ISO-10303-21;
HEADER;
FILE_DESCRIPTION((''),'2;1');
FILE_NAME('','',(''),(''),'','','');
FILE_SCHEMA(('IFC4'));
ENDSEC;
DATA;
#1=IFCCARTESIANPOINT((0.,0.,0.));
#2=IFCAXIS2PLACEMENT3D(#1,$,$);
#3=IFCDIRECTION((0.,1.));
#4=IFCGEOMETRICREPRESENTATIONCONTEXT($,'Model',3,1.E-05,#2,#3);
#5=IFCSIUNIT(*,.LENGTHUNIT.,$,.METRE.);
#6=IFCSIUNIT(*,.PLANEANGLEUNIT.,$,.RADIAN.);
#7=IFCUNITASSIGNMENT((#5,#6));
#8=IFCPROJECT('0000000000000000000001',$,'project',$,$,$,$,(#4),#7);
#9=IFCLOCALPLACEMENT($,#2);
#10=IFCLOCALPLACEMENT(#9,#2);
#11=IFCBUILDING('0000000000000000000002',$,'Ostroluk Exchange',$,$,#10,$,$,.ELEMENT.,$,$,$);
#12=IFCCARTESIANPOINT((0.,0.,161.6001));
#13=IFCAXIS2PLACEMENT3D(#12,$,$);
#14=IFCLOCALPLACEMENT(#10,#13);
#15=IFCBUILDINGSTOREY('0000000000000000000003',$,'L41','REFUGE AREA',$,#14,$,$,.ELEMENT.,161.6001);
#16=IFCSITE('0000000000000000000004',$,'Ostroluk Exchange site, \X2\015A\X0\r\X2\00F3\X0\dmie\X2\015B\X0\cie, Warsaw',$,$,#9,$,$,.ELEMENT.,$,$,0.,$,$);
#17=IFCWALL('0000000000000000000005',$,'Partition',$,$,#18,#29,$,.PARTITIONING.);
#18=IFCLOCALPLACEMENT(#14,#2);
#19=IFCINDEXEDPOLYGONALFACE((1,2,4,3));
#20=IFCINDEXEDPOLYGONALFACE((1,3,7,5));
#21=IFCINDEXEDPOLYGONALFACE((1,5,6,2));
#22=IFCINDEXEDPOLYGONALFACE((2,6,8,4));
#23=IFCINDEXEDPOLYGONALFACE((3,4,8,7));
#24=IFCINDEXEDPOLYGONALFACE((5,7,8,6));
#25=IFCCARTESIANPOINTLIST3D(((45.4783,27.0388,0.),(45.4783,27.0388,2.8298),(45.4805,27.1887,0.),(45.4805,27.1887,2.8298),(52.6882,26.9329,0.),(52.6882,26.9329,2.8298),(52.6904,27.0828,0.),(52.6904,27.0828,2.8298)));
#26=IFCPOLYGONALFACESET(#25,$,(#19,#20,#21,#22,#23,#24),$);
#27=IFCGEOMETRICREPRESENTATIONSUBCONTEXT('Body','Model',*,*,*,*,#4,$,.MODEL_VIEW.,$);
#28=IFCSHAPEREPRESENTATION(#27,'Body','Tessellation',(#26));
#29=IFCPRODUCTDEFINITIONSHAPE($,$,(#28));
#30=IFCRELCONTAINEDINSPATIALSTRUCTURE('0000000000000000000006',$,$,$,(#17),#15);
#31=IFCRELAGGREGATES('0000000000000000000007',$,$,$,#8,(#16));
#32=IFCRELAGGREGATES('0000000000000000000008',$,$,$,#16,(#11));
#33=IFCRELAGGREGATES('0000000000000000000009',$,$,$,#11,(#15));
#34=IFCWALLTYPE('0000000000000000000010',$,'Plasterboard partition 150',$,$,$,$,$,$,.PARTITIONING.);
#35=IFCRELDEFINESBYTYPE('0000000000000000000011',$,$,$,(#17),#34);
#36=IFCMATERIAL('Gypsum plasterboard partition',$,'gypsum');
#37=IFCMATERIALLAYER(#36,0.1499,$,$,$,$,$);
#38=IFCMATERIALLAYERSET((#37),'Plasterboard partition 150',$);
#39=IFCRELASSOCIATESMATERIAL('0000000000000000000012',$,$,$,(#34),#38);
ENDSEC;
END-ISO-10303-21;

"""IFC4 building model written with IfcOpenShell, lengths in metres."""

from ifc_helpers import new_model, si_unit, direction, frame, frame_2d, origin, place, context, subcontext, project, spatial, rectangle, extrude, material, layer, layer_set, type_object, element, save


model = new_model("IFC4")

# Units and contexts
model_context = context("Model", 3, precision=1e-05, world=origin(), true_north=direction((0.0, 1.0)))
body_context = subcontext(model_context, "Body", "Model", "MODEL_VIEW")
ifc_project = project(units=[si_unit("LENGTHUNIT", "METRE"), si_unit("PLANEANGLEUNIT", "RADIAN")], contexts=[model_context])

# Site, building, storey
site_placement = place(None, origin())
site = spatial("IfcSite", under=ifc_project, at=site_placement, Name="Ostroluk Exchange site, Śródmieście, Warsaw", CompositionType="ELEMENT", RefElevation=0.0)
building_placement = place(site_placement, origin())
building = spatial("IfcBuilding", under=site, at=building_placement, Name="Ostroluk Exchange", CompositionType="ELEMENT")
storey_placement = place(building_placement, frame((0.0, 0.0, 161.6001)))
storey = spatial("IfcBuildingStorey", under=building, at=storey_placement, Name="L41", Description="REFUGE AREA", CompositionType="ELEMENT", Elevation=161.6001)

# Wall
ifc_material_1 = material(Name="Gypsum plasterboard partition", Category="gypsum")
ifc_layer_1 = layer(ifc_material_1, 0.1499)
ifc_layer_set_1 = layer_set([ifc_layer_1], Name="Plasterboard partition 150")
wall_type_1 = type_object("IfcWallType", Name="Plasterboard partition 150", PredefinedType="PARTITIONING", material=ifc_layer_set_1)
wall_1_placement = place(storey_placement, frame((45.4792, 27.1138, 0.0), z_axis=(0.0, 0.0, 1.0), x_axis=(0.999892, -0.014694, 0.0)))
element("IfcWall", 1, at=wall_1_placement, inside=storey, type_object=wall_type_1, Name="Partition", PredefinedType="PARTITIONING", context=body_context, shape_type="SweptSolid", body=[
    extrude(rectangle(XDim=7.2107, YDim=0.1499, at=frame_2d((3.6055, 0.0))), origin(), (0.0, 0.0, 1.0), 2.8298),
])

save(model, "model.ifc")
